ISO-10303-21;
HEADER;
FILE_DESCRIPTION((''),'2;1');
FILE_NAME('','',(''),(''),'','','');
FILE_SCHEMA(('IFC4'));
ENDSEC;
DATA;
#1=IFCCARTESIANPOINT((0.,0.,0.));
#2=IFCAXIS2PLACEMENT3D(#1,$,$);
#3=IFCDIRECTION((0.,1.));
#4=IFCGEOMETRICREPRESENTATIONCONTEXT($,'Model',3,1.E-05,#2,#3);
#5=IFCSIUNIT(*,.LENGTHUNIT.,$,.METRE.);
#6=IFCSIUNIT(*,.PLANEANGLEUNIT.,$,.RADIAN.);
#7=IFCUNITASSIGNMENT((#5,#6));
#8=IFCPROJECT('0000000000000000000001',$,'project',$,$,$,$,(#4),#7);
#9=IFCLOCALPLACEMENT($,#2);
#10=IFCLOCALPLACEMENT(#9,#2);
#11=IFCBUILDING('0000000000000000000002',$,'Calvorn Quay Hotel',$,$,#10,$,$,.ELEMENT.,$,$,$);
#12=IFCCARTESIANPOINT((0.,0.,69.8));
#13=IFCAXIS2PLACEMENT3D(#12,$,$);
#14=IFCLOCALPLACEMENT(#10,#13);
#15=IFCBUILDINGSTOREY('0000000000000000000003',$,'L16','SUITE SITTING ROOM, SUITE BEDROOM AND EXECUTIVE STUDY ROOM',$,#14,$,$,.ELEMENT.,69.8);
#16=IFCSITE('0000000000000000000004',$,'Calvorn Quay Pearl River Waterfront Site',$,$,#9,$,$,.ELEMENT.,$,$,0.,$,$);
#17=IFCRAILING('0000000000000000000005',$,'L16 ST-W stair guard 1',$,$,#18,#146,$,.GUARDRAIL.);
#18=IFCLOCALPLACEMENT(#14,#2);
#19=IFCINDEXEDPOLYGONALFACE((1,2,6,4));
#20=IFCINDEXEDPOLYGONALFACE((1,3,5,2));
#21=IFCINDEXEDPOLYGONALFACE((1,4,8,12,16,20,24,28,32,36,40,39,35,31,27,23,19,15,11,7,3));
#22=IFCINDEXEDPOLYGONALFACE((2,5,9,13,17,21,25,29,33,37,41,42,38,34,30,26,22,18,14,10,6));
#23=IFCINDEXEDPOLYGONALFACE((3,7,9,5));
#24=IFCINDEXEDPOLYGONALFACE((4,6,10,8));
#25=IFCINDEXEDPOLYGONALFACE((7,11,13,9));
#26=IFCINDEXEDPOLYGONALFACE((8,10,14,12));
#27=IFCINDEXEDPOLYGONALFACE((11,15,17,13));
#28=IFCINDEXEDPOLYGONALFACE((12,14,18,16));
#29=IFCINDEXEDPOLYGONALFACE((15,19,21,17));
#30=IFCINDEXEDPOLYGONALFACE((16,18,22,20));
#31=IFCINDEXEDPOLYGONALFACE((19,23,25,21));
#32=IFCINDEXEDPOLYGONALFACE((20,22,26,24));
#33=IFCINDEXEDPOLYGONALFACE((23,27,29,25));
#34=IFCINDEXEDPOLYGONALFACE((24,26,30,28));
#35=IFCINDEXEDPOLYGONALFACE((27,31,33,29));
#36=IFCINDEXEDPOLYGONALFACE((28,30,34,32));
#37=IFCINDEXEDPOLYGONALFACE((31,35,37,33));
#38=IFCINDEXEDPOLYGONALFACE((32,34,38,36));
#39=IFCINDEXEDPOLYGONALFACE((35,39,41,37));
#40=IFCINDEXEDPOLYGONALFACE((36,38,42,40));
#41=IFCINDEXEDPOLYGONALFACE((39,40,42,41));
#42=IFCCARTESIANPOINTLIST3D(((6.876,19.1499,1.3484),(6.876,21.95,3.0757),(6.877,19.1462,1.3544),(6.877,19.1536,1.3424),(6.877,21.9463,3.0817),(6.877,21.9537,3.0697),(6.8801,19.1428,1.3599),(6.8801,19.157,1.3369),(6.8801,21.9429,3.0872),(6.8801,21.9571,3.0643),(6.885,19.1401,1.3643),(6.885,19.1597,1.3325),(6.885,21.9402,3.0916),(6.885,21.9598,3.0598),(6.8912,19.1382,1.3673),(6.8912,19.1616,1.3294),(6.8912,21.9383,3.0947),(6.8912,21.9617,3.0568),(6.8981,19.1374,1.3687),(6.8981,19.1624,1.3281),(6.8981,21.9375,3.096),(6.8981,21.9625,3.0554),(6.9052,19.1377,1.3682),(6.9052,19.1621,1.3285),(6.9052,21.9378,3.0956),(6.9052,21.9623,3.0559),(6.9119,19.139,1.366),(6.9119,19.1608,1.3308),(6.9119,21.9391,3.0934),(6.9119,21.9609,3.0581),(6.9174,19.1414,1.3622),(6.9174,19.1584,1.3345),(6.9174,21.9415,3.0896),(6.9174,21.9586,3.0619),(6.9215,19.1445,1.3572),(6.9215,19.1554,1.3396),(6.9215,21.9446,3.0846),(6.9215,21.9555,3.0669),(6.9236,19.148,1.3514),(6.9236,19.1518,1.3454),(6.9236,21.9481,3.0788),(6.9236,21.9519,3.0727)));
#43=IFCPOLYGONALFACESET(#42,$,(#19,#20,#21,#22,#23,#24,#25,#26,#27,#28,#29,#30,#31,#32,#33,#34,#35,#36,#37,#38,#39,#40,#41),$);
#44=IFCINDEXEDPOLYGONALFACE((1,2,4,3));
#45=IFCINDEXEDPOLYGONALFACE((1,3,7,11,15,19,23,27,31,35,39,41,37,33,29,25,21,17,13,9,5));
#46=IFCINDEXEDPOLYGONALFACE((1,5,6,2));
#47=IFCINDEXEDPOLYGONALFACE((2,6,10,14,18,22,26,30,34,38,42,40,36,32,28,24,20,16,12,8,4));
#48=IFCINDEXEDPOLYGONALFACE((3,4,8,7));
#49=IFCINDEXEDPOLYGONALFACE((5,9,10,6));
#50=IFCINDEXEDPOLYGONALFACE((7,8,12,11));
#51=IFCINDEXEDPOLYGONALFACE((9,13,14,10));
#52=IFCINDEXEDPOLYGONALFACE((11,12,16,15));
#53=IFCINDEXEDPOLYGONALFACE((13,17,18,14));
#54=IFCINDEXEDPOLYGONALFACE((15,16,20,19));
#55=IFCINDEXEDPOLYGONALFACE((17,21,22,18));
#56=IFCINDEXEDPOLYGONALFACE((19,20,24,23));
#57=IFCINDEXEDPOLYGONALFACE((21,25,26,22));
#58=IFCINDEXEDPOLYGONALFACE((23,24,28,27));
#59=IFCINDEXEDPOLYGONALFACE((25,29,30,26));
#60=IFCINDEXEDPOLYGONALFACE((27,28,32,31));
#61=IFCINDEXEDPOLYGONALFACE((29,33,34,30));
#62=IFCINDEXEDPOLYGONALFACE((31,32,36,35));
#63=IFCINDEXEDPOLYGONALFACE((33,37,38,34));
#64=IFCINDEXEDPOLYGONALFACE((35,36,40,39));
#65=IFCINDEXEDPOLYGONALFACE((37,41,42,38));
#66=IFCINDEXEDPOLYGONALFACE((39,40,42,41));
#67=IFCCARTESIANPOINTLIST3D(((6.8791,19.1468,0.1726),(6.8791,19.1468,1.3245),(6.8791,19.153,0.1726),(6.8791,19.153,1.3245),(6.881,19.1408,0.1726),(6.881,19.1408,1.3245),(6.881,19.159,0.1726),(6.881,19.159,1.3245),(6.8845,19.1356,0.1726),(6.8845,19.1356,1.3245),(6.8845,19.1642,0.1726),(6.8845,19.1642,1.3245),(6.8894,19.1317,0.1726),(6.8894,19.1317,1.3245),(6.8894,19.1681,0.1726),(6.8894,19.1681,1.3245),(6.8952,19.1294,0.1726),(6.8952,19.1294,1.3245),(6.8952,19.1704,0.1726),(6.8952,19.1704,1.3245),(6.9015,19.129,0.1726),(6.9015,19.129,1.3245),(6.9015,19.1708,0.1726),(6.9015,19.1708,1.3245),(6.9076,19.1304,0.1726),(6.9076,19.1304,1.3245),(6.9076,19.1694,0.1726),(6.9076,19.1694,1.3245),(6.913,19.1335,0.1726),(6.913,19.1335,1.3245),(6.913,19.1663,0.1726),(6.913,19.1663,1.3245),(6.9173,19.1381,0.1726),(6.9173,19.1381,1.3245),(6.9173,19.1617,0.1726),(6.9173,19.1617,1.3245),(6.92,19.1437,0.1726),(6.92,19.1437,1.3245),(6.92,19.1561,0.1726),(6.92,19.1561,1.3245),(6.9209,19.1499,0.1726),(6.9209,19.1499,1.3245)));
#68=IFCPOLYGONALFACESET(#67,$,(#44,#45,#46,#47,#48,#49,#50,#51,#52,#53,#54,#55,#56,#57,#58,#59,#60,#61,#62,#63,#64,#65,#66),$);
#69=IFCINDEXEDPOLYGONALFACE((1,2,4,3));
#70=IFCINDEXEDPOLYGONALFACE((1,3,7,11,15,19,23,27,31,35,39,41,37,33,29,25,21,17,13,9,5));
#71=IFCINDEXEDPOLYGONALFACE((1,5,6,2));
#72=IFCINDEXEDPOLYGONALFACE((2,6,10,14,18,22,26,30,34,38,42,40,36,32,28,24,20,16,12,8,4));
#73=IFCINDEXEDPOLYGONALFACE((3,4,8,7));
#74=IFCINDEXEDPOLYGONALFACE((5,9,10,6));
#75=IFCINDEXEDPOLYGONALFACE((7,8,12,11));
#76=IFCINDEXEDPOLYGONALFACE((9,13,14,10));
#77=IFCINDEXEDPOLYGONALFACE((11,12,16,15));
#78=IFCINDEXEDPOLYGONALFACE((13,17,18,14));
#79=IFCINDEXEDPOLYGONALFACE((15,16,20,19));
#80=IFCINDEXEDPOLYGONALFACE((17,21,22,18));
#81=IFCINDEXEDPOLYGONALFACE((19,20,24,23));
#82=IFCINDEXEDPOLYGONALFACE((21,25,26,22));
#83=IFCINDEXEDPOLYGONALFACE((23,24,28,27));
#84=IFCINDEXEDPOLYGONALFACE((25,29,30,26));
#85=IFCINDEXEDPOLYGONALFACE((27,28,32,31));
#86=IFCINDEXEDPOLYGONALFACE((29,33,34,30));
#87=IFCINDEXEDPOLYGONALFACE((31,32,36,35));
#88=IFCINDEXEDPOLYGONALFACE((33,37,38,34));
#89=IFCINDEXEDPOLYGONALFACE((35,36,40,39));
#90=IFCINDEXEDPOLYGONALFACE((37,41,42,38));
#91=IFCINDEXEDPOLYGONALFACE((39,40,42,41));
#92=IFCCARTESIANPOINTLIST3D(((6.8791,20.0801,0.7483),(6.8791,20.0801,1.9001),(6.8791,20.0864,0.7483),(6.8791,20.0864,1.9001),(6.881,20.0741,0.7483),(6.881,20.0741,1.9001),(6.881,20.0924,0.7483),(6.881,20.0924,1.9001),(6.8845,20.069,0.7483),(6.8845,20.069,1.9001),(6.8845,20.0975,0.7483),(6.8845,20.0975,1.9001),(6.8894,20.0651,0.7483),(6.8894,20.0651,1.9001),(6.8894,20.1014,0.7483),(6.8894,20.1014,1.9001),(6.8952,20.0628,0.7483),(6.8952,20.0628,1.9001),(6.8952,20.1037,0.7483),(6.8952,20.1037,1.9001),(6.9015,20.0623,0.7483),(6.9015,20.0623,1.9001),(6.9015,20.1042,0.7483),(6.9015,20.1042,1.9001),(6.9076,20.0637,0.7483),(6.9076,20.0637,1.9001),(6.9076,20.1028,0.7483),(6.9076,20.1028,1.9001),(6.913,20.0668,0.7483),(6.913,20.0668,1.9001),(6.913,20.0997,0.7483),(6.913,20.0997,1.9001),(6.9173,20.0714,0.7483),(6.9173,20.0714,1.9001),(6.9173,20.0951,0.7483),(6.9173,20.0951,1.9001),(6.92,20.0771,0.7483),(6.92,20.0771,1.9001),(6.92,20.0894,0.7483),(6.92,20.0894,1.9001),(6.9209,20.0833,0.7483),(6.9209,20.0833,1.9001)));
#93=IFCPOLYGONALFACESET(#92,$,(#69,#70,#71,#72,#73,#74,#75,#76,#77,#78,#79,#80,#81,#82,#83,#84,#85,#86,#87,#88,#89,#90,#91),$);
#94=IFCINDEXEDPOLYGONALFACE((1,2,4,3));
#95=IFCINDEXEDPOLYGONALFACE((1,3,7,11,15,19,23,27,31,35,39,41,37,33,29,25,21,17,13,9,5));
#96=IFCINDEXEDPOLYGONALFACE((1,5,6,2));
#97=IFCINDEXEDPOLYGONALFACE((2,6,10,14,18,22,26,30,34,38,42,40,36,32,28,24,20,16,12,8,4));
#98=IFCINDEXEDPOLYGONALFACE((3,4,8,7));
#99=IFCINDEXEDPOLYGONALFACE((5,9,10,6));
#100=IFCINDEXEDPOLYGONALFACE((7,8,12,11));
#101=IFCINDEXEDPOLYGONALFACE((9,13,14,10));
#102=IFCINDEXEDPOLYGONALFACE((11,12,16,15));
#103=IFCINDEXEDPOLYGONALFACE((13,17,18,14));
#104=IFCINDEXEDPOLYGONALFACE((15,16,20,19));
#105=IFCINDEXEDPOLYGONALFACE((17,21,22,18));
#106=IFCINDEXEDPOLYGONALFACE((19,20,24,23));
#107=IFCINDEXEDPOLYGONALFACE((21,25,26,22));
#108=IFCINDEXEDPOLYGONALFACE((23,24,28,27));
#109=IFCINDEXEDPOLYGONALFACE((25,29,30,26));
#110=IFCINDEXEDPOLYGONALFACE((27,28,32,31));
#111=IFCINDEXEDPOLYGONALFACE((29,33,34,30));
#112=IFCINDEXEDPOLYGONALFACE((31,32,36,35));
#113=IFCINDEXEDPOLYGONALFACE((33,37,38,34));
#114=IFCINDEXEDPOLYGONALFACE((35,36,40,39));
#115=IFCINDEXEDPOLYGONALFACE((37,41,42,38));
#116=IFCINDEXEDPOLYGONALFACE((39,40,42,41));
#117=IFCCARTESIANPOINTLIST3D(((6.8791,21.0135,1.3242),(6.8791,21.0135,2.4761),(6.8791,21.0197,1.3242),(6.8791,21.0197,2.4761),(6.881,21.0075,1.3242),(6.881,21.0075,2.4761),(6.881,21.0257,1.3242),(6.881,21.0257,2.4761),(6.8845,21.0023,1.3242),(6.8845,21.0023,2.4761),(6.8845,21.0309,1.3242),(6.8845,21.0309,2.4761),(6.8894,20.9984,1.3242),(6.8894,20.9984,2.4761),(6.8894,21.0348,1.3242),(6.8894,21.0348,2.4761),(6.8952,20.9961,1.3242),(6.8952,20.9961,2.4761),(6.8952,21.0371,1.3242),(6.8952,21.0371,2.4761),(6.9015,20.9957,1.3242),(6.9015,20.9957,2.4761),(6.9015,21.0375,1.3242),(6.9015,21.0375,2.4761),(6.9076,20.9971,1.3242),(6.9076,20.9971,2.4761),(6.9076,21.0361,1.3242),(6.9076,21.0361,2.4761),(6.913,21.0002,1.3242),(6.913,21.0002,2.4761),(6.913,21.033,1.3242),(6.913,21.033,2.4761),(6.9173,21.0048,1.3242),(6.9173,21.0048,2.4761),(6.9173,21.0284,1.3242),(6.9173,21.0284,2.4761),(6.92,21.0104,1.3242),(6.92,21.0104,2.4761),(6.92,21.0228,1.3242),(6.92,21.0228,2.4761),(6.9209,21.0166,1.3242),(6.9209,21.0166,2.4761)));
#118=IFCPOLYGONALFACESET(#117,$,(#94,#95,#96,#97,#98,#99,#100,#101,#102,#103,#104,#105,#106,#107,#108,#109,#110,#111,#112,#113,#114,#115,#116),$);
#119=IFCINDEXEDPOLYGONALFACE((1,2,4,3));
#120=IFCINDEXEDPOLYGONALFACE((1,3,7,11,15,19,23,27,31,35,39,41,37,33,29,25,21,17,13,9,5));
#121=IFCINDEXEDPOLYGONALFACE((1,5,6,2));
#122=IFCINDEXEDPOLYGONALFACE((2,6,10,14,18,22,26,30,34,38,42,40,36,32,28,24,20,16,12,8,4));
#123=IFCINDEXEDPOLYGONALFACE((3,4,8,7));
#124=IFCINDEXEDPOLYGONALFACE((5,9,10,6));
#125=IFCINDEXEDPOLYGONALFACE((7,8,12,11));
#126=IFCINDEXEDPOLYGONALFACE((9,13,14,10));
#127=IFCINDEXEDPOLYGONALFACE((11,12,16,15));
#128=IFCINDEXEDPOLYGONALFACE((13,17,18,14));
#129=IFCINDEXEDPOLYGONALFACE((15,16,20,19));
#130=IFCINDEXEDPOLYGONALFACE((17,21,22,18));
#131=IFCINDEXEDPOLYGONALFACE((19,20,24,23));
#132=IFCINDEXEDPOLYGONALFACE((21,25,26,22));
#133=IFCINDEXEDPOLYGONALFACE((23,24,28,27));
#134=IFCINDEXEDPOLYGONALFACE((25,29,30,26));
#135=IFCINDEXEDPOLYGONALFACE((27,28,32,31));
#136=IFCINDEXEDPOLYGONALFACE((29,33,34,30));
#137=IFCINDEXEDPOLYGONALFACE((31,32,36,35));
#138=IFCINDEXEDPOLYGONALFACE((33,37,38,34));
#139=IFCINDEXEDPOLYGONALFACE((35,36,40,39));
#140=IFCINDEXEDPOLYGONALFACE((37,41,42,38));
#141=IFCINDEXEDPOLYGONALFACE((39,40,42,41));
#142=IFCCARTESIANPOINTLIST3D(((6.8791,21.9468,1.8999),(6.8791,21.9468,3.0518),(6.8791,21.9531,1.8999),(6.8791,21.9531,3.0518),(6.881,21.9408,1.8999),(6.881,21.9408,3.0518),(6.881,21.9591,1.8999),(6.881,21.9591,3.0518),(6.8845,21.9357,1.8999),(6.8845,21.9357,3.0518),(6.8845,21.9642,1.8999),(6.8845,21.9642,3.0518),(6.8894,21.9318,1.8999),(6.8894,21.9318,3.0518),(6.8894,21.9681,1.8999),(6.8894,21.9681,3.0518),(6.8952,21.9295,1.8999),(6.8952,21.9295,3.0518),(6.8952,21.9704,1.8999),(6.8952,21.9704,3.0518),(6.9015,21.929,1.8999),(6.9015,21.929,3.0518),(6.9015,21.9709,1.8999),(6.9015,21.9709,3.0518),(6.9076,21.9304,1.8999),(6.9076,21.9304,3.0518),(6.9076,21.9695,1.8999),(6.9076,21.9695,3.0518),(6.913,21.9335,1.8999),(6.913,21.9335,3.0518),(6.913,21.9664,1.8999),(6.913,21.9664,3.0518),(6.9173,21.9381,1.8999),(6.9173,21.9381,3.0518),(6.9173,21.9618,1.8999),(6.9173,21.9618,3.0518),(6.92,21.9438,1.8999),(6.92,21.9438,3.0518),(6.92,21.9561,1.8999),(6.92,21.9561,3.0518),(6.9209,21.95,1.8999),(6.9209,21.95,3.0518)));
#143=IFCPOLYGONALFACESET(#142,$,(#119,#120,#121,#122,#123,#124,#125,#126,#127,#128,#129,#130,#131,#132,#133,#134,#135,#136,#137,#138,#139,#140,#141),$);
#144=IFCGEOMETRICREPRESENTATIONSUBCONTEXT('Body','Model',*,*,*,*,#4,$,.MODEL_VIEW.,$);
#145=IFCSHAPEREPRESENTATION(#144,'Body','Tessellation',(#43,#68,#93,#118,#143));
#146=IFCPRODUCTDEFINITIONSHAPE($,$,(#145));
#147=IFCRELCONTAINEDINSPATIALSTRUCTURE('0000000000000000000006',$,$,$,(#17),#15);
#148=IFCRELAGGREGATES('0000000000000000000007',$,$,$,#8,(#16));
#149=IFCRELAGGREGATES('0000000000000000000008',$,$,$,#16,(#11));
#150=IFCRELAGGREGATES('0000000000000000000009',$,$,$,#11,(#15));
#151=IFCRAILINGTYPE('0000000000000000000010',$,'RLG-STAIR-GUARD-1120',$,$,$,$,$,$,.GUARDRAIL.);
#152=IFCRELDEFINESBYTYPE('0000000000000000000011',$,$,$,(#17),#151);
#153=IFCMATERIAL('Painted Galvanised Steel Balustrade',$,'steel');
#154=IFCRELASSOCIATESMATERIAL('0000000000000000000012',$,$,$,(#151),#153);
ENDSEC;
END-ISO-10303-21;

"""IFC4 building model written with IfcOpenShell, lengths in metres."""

from ifc_helpers import new_model, si_unit, direction, frame, origin, origin_2d, place, context, subcontext, project, spatial, circle, extrude, material, type_object, element, save


model = new_model("IFC4")

# Units and contexts
model_context = context("Model", 3, precision=1e-05, world=origin(), true_north=direction((0.0, 1.0)))
body_context = subcontext(model_context, "Body", "Model", "MODEL_VIEW")
ifc_project = project(units=[si_unit("LENGTHUNIT", "METRE"), si_unit("PLANEANGLEUNIT", "RADIAN")], contexts=[model_context])

# Site, building, storey
site_placement = place(None, origin())
site = spatial("IfcSite", under=ifc_project, at=site_placement, Name="Calvorn Quay Pearl River Waterfront Site", CompositionType="ELEMENT", RefElevation=0.0)
building_placement = place(site_placement, origin())
building = spatial("IfcBuilding", under=site, at=building_placement, Name="Calvorn Quay Hotel", CompositionType="ELEMENT")
storey_placement = place(building_placement, frame((0.0, 0.0, 69.8)))
storey = spatial("IfcBuildingStorey", under=building, at=storey_placement, Name="L16", Description="SUITE SITTING ROOM, SUITE BEDROOM AND EXECUTIVE STUDY ROOM", CompositionType="ELEMENT", Elevation=69.8)

# Railing
ifc_material_1 = material(Name="Painted Galvanised Steel Balustrade", Category="steel")
railing_type_1 = type_object("IfcRailingType", Name="RLG-STAIR-GUARD-1120", PredefinedType="GUARDRAIL", material=ifc_material_1)
railing_1_placement = place(storey_placement, frame((6.8999, 19.1499, 0.1726)))
element("IfcRailing", 1, at=railing_1_placement, inside=storey, type_object=railing_type_1, Name="L16 ST-W stair guard 1", PredefinedType="GUARDRAIL", context=body_context, shape_type="SweptSolid", body=[
    extrude(circle(Radius=0.0239, at=origin_2d()), frame((0.0, 0.0, 1.1758), z_axis=(0.0, 0.85109, 0.52502), x_axis=(-1.0, 0.0, 0.0)), (0.0, 0.0, 1.0), 3.29),
    extrude(circle(Radius=0.021, at=origin_2d()), origin(), (0.0, 0.0, 1.0), 1.1519),
    extrude(circle(Radius=0.021, at=origin_2d()), frame((0.0, 0.9333, 0.5757)), (0.0, 0.0, 1.0), 1.1519),
    extrude(circle(Radius=0.021, at=origin_2d()), frame((0.0, 1.8667, 1.1516)), (0.0, 0.0, 1.0), 1.1519),
    extrude(circle(Radius=0.021, at=origin_2d()), frame((0.0, 2.8, 1.7273)), (0.0, 0.0, 1.0), 1.1519),
])

save(model, "model.ifc")
